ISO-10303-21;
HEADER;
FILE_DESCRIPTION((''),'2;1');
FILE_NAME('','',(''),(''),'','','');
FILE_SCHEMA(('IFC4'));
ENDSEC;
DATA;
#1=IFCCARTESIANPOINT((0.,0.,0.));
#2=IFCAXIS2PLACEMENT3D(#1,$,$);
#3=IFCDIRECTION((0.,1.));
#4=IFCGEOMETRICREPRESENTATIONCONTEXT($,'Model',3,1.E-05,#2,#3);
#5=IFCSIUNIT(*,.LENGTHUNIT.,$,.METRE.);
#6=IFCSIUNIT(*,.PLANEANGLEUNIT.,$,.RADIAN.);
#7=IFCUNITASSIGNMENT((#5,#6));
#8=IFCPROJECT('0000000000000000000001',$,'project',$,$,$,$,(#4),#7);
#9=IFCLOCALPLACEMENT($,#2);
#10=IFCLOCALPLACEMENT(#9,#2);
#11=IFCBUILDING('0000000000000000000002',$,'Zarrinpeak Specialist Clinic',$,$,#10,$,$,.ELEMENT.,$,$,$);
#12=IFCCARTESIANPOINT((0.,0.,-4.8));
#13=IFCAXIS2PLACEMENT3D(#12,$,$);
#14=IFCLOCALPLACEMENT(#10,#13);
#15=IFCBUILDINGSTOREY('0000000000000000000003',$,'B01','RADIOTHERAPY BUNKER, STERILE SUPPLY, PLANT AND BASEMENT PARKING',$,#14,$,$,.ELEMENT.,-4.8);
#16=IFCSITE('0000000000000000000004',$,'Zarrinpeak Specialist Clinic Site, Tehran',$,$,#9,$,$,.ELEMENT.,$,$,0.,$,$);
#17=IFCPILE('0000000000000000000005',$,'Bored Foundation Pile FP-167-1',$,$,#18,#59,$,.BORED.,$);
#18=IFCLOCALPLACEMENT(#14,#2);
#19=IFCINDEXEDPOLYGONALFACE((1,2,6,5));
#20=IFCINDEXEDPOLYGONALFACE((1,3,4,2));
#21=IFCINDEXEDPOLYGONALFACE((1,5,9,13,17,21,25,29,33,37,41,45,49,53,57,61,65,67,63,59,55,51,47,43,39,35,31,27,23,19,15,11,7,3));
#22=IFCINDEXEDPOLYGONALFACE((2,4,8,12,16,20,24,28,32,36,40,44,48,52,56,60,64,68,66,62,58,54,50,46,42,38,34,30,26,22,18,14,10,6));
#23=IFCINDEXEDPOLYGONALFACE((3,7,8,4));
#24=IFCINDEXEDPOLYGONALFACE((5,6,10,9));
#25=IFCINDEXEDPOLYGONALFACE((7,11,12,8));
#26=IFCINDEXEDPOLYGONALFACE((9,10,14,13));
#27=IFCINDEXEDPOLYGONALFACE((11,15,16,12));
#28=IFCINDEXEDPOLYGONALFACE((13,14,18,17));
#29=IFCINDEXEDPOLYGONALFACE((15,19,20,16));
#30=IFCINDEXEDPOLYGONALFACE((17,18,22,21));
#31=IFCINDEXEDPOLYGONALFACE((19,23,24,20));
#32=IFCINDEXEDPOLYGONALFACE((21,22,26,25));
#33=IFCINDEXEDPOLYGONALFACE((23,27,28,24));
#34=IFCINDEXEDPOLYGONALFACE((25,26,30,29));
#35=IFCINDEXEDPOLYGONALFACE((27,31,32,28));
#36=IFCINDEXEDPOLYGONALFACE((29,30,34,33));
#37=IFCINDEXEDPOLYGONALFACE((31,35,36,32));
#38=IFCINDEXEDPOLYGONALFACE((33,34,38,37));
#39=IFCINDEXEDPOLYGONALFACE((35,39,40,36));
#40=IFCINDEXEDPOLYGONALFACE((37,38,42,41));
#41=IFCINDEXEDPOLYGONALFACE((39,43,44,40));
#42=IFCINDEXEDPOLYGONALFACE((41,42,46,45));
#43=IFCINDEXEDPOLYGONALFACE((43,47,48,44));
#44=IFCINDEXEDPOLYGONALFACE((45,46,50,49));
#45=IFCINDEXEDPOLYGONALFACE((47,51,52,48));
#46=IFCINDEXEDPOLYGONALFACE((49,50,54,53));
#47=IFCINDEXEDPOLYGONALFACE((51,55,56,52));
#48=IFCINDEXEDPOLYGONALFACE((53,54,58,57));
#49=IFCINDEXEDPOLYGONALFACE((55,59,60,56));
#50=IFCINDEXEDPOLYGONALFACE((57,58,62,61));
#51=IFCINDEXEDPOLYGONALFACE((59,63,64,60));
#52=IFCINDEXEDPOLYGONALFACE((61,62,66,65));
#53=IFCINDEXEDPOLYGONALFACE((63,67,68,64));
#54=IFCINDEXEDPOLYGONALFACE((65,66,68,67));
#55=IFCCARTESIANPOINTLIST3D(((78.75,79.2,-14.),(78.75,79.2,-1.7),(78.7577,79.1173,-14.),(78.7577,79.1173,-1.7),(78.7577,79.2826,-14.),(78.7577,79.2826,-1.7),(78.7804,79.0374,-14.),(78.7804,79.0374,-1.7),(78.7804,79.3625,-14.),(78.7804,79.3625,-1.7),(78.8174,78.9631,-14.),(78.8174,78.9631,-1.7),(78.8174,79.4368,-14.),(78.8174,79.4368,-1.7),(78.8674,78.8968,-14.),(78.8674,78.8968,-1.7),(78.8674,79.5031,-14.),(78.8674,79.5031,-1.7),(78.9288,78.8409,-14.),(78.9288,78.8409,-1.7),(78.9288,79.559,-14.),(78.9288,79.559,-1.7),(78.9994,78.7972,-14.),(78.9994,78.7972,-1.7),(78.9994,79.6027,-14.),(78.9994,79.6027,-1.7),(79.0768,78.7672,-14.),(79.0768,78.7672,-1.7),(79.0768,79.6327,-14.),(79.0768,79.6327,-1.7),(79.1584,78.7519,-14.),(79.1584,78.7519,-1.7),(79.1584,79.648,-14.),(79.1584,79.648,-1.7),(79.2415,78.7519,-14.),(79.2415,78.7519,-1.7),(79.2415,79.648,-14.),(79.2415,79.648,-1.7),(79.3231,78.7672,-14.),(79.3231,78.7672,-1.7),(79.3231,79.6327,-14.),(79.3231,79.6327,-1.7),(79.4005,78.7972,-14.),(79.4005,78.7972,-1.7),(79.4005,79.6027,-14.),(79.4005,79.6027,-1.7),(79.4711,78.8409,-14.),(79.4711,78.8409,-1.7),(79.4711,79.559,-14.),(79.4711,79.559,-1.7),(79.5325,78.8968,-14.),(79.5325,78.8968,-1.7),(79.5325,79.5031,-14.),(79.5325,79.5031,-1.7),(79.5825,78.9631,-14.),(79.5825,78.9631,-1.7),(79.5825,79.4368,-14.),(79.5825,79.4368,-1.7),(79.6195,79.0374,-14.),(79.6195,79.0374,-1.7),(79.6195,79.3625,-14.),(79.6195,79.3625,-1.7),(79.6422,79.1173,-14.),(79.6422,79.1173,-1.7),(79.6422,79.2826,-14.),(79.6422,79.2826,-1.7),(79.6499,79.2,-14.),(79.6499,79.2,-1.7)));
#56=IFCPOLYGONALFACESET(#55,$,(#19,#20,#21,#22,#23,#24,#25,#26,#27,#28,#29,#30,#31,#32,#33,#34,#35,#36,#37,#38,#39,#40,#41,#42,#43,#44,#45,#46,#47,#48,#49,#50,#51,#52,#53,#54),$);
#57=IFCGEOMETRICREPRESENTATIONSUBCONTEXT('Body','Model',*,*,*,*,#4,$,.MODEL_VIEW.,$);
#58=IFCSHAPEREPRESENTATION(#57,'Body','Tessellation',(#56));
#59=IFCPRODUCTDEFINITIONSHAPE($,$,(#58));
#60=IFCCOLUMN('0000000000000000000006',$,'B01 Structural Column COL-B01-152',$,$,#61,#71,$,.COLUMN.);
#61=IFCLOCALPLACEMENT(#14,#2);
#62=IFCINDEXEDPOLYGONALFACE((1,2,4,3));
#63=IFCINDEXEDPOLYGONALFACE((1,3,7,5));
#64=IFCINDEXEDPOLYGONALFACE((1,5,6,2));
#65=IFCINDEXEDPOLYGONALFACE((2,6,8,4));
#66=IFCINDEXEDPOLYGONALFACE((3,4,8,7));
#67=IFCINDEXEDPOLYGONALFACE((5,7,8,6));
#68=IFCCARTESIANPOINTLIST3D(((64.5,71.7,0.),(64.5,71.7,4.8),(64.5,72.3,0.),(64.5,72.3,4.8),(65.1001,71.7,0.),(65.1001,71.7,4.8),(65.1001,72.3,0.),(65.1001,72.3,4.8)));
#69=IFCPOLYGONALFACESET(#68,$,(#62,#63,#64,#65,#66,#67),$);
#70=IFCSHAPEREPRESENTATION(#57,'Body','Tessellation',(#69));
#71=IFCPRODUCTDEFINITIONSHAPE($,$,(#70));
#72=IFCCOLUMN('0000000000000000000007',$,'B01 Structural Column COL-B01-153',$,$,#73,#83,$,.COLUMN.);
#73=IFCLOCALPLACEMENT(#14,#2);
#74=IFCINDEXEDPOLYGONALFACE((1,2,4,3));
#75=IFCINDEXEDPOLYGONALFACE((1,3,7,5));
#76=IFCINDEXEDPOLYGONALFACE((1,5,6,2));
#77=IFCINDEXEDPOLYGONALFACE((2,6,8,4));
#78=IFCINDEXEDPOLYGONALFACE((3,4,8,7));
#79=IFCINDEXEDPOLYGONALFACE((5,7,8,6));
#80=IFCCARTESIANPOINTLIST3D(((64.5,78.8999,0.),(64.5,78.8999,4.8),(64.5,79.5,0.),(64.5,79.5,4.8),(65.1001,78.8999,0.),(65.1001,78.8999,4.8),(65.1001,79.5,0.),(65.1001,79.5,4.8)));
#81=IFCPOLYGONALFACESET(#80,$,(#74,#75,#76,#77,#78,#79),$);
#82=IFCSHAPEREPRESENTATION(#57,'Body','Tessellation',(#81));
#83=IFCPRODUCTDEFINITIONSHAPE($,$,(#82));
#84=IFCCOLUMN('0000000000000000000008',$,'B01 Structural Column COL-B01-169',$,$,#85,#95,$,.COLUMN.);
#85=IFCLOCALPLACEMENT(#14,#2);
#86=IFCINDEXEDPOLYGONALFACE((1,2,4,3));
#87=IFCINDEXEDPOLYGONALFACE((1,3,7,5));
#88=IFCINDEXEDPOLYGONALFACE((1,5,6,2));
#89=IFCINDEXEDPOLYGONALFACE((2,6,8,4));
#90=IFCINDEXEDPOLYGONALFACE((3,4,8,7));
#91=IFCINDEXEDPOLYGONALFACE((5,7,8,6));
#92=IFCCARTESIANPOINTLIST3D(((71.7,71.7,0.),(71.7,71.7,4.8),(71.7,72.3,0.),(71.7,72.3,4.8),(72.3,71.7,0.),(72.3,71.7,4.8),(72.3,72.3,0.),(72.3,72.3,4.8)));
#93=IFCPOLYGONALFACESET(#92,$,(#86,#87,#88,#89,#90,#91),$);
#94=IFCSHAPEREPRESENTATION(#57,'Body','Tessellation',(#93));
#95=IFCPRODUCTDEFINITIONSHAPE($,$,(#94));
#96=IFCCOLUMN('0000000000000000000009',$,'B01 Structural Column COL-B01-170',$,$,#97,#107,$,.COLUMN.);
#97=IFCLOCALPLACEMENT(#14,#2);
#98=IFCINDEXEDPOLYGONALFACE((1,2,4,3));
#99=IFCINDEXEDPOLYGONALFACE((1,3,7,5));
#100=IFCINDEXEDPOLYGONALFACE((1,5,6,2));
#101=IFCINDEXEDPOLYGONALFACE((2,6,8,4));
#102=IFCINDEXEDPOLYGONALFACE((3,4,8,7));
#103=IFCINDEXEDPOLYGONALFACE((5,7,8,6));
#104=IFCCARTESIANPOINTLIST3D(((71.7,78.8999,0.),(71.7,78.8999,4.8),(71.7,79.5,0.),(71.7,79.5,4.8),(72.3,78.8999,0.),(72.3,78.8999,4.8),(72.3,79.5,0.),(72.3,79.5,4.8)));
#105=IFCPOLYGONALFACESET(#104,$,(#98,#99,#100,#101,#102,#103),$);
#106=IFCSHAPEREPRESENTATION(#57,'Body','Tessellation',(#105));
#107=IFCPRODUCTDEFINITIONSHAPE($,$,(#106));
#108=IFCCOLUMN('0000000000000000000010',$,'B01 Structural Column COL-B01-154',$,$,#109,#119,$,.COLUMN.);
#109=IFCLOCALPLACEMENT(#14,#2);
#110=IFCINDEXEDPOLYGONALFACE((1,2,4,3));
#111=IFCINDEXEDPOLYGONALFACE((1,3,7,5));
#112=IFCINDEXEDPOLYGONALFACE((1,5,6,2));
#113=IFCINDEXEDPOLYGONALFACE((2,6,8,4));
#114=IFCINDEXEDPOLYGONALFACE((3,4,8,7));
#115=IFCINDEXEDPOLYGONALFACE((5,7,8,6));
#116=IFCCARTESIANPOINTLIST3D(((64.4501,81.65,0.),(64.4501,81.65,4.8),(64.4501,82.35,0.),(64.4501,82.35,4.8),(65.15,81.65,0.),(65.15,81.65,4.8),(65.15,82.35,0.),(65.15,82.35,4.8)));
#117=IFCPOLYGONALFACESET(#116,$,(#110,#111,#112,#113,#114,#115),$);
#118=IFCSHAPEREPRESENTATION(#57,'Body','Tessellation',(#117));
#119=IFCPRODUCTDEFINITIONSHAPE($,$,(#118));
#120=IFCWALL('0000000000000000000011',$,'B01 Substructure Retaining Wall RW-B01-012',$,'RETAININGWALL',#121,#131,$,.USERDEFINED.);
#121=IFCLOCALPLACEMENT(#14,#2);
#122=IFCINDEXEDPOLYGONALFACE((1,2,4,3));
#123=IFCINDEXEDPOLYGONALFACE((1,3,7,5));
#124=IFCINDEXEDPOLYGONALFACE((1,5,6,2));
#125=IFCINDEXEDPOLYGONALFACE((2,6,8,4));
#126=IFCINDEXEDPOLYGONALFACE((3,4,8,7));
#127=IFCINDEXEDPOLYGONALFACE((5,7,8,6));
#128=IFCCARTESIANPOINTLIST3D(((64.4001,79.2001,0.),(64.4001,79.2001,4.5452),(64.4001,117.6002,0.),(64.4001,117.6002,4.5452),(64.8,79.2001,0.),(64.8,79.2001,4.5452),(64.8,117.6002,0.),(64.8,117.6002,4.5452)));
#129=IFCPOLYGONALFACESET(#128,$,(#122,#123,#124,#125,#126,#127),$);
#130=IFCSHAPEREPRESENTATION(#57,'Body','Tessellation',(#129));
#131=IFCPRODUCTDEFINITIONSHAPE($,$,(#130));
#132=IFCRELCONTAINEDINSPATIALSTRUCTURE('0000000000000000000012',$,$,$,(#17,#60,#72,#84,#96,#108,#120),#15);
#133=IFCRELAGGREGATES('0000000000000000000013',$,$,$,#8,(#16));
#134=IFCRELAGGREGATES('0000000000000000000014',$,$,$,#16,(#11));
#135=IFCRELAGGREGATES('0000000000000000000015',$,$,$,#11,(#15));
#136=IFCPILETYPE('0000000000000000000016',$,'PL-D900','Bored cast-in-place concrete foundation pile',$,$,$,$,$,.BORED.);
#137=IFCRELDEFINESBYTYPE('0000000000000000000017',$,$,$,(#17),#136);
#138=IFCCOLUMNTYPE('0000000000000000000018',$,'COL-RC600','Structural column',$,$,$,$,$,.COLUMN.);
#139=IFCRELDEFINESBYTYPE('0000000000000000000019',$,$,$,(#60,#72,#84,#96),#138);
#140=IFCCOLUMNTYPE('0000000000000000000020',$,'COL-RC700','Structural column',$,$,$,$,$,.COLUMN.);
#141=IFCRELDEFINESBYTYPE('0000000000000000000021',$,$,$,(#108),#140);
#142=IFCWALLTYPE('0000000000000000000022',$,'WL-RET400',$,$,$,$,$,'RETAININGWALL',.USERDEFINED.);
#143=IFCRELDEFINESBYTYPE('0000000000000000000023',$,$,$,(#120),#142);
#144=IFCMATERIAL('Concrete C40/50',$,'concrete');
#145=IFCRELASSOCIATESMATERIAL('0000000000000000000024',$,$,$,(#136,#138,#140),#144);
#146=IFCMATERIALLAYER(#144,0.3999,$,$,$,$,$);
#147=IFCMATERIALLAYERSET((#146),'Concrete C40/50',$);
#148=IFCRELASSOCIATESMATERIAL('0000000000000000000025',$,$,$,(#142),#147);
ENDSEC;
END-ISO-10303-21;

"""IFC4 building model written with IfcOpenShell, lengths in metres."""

from ifc_helpers import new_model, si_unit, direction, frame, frame_2d, origin, origin_2d, place, context, subcontext, project, spatial, rectangle, circle, extrude, material, layer, layer_set, material_profile, profile_set, type_object, element, save


model = new_model("IFC4")

# Units and contexts
model_context = context("Model", 3, precision=1e-05, world=origin(), true_north=direction((0.0, 1.0)))
body_context = subcontext(model_context, "Body", "Model", "MODEL_VIEW")
ifc_project = project(units=[si_unit("LENGTHUNIT", "METRE"), si_unit("PLANEANGLEUNIT", "RADIAN")], contexts=[model_context])

# Site, building, storey
site_placement = place(None, origin())
site = spatial("IfcSite", under=ifc_project, at=site_placement, Name="Zarrinpeak Specialist Clinic Site, Tehran", CompositionType="ELEMENT", RefElevation=0.0)
building_placement = place(site_placement, origin())
building = spatial("IfcBuilding", under=site, at=building_placement, Name="Zarrinpeak Specialist Clinic", CompositionType="ELEMENT")
storey_placement = place(building_placement, frame((0.0, 0.0, -4.8)))
storey = spatial("IfcBuildingStorey", under=building, at=storey_placement, Name="B01", Description="RADIOTHERAPY BUNKER, STERILE SUPPLY, PLANT AND BASEMENT PARKING", CompositionType="ELEMENT", Elevation=-4.8)

# Shared definitions
ifc_material = material(Name="Concrete C40/50", Category="concrete")

# Pile
ifc_material_profile_1 = material_profile(ifc_material, circle(Radius=0.45, at=origin_2d()), Name="BORED PILE D900")
ifc_profile_set_1 = profile_set([ifc_material_profile_1], Name="Concrete C40/50")
pile_type = type_object("IfcPileType", Name="PL-D900", Description="Bored cast-in-place concrete foundation pile", PredefinedType="BORED", material=ifc_profile_set_1)
for number, where, z_axis, x_axis, name in (
    (1, (79.2, 79.2, -1.7), (0.0, 0.0, -1.0), (1.0, 0.0, 0.0), "Bored Foundation Pile FP-167-1"),
):
    element("IfcPile", number, at=place(storey_placement, frame(where, z_axis=z_axis, x_axis=x_axis)), inside=storey, type_object=pile_type, Name=name, PredefinedType="BORED", context=body_context, shape_type="SweptSolid", body=[
        extrude(circle(Radius=0.45, at=origin_2d()), origin(), (0.0, 0.0, 1.0), 12.3),
    ])

# Columns
ifc_material_profile_2 = material_profile(ifc_material, rectangle(XDim=0.6001, YDim=0.6001, at=origin_2d()), Name="RC 600x600")
ifc_profile_set_2 = profile_set([ifc_material_profile_2], Name="Concrete C40/50")
column_type_1 = type_object("IfcColumnType", Name="COL-RC600", Description="Structural column", PredefinedType="COLUMN", material=ifc_profile_set_2)
for number, where, z_axis, x_axis, name in (
    (2, (64.8, 72.0, 0.0), (0.0, 0.0, 1.0), (1.0, 0.0, 0.0), "B01 Structural Column COL-B01-152"),
    (3, (64.8, 79.2, 0.0), (0.0, 0.0, 1.0), (1.0, 0.0, 0.0), "B01 Structural Column COL-B01-153"),
    (4, (72.0, 72.0, 0.0), (0.0, 0.0, 1.0), (1.0, 0.0, 0.0), "B01 Structural Column COL-B01-169"),
    (5, (72.0, 79.2, 0.0), (0.0, 0.0, 1.0), (1.0, 0.0, 0.0), "B01 Structural Column COL-B01-170"),
):
    element("IfcColumn", number, at=place(storey_placement, frame(where, z_axis=z_axis, x_axis=x_axis)), inside=storey, type_object=column_type_1, Name=name, PredefinedType="COLUMN", context=body_context, shape_type="SweptSolid", body=[
        extrude(rectangle(XDim=0.6001, YDim=0.6001, at=origin_2d()), origin(), (0.0, 0.0, 1.0), 4.8),
    ])
ifc_material_profile_3 = material_profile(ifc_material, rectangle(XDim=0.7, YDim=0.7, at=origin_2d()), Name="RC 700x700")
ifc_profile_set_3 = profile_set([ifc_material_profile_3], Name="Concrete C40/50")
column_type_2 = type_object("IfcColumnType", Name="COL-RC700", Description="Structural column", PredefinedType="COLUMN", material=ifc_profile_set_3)
column_placement = place(storey_placement, frame((64.8, 82.0, 0.0), z_axis=(0.0, 0.0, 1.0), x_axis=(1.0, 0.0, 0.0)))
element("IfcColumn", 6, at=column_placement, inside=storey, type_object=column_type_2, Name="B01 Structural Column COL-B01-154", PredefinedType="COLUMN", context=body_context, shape_type="SweptSolid", body=[
    extrude(rectangle(XDim=0.7, YDim=0.7, at=origin_2d()), origin(), (0.0, 0.0, 1.0), 4.8),
])

# Wall
ifc_layer = layer(ifc_material, 0.3999)
ifc_layer_set = layer_set([ifc_layer], Name="Concrete C40/50")
wall_type = type_object("IfcWallType", Name="WL-RET400", ElementType="RETAININGWALL", PredefinedType="USERDEFINED", material=ifc_layer_set)
wall_placement = place(storey_placement, frame((64.6001, 79.2, 0.0), z_axis=(0.0, 0.0, 1.0), x_axis=(0.0, 1.0, 0.0)))
element("IfcWall", 7, at=wall_placement, inside=storey, type_object=wall_type, Name="B01 Substructure Retaining Wall RW-B01-012", ObjectType="RETAININGWALL", PredefinedType="USERDEFINED", context=body_context, shape_type="SweptSolid", body=[
    extrude(rectangle(XDim=38.4001, YDim=0.3999, at=frame_2d((19.2002, 0.0))), origin(), (0.0, 0.0, 1.0), 4.5452),
])

save(model, "model.ifc")
